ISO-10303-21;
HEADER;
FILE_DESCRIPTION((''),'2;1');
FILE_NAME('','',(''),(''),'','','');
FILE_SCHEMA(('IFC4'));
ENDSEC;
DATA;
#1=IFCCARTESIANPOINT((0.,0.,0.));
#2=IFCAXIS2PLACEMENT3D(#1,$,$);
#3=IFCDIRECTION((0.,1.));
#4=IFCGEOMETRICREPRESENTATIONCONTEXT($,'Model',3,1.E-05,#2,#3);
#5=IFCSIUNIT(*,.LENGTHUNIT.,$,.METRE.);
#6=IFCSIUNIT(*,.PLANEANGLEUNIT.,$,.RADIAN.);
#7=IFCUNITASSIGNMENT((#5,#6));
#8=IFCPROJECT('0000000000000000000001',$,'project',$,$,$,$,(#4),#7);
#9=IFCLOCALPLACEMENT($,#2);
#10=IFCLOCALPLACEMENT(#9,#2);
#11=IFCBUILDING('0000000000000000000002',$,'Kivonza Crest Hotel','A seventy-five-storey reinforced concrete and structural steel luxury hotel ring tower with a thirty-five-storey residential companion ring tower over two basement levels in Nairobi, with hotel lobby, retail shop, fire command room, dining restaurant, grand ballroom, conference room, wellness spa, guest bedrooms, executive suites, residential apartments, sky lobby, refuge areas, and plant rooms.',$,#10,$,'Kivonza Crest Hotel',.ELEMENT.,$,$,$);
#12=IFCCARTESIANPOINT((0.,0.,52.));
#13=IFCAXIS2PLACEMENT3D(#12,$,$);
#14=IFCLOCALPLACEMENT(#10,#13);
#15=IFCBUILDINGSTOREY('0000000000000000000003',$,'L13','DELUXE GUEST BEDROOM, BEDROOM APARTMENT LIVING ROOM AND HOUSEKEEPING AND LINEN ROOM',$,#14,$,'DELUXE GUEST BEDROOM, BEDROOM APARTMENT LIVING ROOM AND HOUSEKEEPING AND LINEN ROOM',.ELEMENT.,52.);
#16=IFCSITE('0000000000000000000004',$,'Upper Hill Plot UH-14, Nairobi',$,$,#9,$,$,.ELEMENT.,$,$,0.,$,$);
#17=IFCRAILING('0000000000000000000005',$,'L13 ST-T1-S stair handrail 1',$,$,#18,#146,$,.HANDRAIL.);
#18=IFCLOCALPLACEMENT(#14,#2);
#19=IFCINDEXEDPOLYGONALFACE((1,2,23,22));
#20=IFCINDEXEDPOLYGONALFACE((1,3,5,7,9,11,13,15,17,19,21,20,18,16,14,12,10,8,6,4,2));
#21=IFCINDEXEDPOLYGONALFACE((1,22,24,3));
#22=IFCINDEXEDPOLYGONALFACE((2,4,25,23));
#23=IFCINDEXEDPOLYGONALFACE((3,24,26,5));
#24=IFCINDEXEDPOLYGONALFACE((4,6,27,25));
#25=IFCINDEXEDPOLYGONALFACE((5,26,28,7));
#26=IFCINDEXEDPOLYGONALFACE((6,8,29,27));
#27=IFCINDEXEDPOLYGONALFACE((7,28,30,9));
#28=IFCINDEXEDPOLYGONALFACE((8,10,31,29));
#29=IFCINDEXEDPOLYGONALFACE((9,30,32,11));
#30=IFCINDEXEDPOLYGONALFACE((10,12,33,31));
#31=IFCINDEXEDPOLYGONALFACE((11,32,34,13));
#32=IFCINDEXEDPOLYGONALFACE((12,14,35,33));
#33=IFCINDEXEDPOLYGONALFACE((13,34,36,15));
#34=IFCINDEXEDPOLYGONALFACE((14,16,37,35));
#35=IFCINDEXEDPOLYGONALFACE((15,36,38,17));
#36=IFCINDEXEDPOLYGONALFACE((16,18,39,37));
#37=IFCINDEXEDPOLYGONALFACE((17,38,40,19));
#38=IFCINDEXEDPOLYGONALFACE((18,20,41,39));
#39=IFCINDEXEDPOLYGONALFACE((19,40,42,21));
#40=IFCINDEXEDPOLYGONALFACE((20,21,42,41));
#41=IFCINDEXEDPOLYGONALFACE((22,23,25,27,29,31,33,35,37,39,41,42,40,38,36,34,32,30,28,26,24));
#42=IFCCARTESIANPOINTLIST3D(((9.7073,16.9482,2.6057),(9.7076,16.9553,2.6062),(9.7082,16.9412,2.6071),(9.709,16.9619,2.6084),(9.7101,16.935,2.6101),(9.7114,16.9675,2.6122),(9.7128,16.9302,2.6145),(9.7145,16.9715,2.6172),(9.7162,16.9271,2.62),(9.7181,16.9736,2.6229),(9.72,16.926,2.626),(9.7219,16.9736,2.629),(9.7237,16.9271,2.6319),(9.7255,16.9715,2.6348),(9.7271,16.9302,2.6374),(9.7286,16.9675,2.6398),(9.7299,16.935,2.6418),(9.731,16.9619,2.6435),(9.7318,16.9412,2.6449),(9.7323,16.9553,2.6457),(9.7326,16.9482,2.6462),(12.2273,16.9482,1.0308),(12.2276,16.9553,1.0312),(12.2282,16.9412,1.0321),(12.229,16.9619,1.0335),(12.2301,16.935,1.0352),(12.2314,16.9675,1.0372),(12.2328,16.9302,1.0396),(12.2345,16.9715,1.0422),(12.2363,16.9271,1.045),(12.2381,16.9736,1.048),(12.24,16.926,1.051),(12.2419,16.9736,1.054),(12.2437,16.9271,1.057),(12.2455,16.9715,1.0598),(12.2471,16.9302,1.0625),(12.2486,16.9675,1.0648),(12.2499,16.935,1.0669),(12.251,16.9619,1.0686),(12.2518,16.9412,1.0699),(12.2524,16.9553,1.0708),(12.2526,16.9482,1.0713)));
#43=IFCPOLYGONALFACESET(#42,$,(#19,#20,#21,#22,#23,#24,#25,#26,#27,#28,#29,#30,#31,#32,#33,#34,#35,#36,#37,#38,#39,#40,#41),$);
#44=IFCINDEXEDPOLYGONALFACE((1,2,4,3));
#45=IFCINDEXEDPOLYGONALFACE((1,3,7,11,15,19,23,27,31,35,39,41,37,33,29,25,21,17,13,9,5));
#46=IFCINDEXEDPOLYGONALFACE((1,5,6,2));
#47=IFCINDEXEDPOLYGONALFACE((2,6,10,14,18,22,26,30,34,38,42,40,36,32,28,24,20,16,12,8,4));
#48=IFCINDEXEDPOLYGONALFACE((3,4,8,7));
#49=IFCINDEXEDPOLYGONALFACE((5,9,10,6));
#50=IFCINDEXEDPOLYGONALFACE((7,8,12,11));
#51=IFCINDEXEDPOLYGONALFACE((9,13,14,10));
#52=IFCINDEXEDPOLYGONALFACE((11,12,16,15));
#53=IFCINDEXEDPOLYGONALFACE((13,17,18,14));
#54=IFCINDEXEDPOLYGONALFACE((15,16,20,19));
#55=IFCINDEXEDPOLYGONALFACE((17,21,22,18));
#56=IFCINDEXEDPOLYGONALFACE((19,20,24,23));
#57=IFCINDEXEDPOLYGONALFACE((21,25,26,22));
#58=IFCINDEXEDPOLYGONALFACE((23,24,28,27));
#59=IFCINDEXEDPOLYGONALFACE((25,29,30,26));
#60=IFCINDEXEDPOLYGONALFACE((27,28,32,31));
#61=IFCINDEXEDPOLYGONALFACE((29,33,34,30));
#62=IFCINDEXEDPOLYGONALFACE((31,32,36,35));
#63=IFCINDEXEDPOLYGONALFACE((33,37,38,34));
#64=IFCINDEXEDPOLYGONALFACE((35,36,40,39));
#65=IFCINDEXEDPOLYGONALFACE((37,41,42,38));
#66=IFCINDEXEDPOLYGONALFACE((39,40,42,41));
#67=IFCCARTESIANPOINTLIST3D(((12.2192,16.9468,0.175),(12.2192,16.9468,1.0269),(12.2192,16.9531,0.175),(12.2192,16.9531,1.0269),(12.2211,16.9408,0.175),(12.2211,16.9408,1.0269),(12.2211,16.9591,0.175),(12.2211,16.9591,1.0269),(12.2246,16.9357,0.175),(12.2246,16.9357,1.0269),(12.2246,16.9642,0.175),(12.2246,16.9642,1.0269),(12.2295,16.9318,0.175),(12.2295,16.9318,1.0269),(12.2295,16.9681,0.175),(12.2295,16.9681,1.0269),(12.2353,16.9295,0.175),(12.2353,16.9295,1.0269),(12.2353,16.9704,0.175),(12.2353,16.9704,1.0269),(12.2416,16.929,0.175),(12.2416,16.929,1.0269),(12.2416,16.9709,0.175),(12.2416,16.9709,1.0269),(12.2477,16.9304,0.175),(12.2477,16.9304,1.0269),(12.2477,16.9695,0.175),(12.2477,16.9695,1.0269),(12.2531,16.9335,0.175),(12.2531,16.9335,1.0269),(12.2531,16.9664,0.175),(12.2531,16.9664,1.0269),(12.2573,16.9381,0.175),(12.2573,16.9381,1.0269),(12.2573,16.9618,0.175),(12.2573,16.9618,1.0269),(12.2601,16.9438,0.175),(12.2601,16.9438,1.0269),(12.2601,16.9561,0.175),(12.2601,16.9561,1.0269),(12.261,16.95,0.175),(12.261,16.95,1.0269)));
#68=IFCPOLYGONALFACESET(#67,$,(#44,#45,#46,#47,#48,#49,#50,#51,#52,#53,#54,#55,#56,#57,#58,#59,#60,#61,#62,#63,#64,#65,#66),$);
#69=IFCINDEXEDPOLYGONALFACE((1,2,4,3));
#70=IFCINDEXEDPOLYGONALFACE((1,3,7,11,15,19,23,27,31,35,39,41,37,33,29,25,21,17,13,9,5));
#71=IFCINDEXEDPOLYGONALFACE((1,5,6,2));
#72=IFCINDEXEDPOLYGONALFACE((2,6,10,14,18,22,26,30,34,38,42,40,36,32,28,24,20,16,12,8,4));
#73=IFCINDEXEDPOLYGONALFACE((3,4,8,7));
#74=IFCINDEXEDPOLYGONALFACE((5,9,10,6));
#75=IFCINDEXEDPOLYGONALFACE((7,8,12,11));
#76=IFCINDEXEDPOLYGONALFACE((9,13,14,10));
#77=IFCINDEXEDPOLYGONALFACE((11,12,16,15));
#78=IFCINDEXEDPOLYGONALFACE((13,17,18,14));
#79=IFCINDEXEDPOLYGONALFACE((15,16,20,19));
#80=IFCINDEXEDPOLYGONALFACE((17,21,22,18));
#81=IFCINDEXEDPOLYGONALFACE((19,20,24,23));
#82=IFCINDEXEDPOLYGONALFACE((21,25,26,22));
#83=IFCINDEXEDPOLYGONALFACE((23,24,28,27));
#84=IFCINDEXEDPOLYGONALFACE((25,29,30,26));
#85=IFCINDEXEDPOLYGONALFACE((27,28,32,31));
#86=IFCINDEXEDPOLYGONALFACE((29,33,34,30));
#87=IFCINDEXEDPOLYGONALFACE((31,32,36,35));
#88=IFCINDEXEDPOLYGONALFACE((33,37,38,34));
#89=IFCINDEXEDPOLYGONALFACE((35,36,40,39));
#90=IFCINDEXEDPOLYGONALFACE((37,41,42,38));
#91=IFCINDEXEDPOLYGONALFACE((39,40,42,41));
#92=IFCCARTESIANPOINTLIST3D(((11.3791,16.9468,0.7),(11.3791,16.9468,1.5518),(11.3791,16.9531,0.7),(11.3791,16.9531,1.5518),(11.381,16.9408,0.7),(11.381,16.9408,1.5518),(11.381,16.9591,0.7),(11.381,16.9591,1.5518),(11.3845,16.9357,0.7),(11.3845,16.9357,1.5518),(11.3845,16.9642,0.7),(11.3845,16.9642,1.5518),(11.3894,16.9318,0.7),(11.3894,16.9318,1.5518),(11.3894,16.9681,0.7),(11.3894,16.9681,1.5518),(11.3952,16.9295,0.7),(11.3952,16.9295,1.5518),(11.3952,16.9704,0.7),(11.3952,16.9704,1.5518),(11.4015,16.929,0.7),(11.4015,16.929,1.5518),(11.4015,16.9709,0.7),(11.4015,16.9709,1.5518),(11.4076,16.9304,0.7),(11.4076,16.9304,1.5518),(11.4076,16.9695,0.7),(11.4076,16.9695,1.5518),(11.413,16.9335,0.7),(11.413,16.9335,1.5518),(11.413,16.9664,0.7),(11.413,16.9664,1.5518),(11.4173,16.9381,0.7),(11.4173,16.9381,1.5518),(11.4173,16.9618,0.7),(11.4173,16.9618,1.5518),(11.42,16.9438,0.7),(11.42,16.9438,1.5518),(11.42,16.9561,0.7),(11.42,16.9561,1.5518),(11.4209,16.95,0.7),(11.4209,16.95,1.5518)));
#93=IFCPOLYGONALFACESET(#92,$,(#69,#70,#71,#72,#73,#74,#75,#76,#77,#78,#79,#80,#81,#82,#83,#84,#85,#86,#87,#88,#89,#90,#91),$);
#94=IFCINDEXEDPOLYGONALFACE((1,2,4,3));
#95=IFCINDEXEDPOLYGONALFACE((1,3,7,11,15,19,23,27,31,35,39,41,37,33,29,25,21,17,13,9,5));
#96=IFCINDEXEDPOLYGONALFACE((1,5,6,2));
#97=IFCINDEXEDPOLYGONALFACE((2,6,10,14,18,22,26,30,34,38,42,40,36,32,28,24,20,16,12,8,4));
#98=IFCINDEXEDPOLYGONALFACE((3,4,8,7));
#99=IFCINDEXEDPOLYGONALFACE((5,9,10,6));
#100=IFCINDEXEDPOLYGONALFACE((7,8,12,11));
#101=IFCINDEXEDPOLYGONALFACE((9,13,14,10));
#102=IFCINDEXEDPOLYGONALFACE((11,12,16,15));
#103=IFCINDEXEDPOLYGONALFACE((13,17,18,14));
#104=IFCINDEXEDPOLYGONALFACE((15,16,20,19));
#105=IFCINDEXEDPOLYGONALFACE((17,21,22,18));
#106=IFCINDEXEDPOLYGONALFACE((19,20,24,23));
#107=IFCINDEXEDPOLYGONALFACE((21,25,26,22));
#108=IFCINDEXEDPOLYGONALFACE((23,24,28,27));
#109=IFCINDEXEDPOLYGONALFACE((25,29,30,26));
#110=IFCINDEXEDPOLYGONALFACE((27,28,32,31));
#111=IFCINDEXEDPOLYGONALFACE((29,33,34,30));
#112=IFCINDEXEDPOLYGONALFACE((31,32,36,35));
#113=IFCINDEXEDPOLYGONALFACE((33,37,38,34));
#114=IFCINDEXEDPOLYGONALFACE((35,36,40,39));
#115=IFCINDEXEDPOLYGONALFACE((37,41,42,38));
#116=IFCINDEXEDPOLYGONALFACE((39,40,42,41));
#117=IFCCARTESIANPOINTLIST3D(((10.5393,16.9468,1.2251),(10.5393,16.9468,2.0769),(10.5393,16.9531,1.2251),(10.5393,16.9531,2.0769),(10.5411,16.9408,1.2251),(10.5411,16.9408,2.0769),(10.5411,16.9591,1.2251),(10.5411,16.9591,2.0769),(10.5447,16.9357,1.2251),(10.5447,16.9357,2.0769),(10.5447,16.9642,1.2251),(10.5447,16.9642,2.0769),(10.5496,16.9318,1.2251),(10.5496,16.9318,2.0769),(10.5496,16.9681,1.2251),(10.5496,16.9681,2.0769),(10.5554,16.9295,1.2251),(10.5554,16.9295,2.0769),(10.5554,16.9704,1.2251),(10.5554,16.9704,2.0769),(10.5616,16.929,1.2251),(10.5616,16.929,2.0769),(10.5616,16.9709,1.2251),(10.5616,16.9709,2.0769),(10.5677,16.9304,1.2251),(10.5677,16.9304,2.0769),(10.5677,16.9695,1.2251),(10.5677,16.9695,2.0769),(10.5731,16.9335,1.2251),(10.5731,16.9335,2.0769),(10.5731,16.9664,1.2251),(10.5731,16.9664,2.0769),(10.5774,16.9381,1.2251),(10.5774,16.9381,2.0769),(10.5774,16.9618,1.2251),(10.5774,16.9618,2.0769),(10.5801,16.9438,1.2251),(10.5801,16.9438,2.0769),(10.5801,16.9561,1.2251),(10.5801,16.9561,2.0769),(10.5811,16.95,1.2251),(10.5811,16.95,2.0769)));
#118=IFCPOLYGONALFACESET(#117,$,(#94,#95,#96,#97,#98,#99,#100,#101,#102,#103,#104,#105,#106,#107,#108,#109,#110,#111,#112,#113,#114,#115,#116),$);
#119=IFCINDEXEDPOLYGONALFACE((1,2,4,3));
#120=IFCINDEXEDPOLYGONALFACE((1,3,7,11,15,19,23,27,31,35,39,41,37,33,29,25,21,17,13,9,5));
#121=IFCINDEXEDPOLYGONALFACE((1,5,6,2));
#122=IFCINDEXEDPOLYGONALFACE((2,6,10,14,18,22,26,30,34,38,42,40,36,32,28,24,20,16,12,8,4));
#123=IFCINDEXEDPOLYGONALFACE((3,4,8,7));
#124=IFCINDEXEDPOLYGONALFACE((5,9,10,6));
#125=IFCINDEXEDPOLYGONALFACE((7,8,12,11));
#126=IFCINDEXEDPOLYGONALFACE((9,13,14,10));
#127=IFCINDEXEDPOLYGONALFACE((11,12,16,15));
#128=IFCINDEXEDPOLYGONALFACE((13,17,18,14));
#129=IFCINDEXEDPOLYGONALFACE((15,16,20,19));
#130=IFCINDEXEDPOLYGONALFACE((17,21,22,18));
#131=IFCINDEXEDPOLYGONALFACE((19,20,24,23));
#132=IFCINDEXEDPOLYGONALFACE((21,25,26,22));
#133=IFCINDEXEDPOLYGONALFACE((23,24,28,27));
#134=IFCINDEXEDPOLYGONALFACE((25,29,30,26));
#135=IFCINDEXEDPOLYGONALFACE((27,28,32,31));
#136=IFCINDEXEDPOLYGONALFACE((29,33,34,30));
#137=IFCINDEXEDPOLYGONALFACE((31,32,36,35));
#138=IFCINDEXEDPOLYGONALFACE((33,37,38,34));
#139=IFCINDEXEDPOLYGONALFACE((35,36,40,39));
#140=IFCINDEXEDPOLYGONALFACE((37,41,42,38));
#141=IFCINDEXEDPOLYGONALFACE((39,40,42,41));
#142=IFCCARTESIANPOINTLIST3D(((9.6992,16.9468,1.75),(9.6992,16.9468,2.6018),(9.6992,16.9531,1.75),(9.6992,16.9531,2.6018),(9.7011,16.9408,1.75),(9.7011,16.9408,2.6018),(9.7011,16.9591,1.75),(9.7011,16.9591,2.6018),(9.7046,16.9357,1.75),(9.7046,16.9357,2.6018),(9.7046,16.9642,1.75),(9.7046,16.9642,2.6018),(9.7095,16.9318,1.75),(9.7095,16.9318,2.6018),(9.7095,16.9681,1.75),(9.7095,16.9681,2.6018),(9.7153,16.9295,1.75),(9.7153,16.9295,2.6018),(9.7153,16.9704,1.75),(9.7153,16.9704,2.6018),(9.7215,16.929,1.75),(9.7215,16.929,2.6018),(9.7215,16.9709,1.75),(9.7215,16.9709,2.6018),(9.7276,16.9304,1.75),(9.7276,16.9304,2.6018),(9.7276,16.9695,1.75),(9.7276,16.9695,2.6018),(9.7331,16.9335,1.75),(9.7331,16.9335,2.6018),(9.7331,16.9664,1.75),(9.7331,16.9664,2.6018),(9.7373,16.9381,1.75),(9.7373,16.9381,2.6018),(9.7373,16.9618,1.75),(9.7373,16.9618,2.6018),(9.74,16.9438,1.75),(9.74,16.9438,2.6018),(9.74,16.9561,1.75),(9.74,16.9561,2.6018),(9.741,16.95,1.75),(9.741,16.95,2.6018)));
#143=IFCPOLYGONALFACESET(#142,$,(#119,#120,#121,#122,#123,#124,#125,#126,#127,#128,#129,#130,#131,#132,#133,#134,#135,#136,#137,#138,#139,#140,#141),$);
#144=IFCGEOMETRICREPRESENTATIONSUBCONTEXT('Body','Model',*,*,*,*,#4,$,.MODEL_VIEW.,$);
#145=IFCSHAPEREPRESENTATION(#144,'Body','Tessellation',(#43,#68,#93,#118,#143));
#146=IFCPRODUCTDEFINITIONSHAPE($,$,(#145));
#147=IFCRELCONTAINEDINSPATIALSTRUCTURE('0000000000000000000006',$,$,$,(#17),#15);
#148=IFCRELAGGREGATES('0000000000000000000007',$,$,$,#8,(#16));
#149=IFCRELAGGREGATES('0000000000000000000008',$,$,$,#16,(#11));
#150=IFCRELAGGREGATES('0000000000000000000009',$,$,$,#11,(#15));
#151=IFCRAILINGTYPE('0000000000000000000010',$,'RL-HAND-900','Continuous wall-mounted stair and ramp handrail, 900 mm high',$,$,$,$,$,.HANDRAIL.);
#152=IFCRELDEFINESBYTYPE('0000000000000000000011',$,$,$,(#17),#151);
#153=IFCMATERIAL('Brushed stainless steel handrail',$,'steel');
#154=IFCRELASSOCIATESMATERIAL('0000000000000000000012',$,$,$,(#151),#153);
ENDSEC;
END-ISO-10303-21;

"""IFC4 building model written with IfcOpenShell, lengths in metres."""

from ifc_helpers import new_model, si_unit, direction, frame, origin, origin_2d, place, context, subcontext, project, spatial, circle, extrude, material, type_object, element, save


model = new_model("IFC4")

# Units and contexts
model_context = context("Model", 3, precision=1e-05, world=origin(), true_north=direction((0.0, 1.0)))
body_context = subcontext(model_context, "Body", "Model", "MODEL_VIEW")
ifc_project = project(units=[si_unit("LENGTHUNIT", "METRE"), si_unit("PLANEANGLEUNIT", "RADIAN")], contexts=[model_context])

# Site, building, storey
site_placement = place(None, origin())
site = spatial("IfcSite", under=ifc_project, at=site_placement, Name="Upper Hill Plot UH-14, Nairobi", CompositionType="ELEMENT", RefElevation=0.0)
building_placement = place(site_placement, origin())
building = spatial("IfcBuilding", under=site, at=building_placement, Name="Kivonza Crest Hotel", Description="A seventy-five-storey reinforced concrete and structural steel luxury hotel ring tower with a thirty-five-storey residential companion ring tower over two basement levels in Nairobi, with hotel lobby, retail shop, fire command room, dining restaurant, grand ballroom, conference room, wellness spa, guest bedrooms, executive suites, residential apartments, sky lobby, refuge areas, and plant rooms.", LongName="Kivonza Crest Hotel", CompositionType="ELEMENT")
storey_placement = place(building_placement, frame((0.0, 0.0, 52.0)))
storey = spatial("IfcBuildingStorey", under=building, at=storey_placement, Name="L13", Description="DELUXE GUEST BEDROOM, BEDROOM APARTMENT LIVING ROOM AND HOUSEKEEPING AND LINEN ROOM", LongName="DELUXE GUEST BEDROOM, BEDROOM APARTMENT LIVING ROOM AND HOUSEKEEPING AND LINEN ROOM", CompositionType="ELEMENT", Elevation=52.0)

# Railing
ifc_material_1 = material(Name="Brushed stainless steel handrail", Category="steel")
railing_type_1 = type_object("IfcRailingType", Name="RL-HAND-900", Description="Continuous wall-mounted stair and ramp handrail, 900 mm high", PredefinedType="HANDRAIL", material=ifc_material_1)
railing_1_placement = place(storey_placement, frame((12.24, 16.95, 0.175)))
element("IfcRailing", 1, at=railing_1_placement, inside=storey, type_object=railing_type_1, Name="L13 ST-T1-S stair handrail 1", PredefinedType="HANDRAIL", context=body_context, shape_type="SweptSolid", body=[
    extrude(circle(Radius=0.0239, at=origin_2d()), frame((0.0, 0.0, 0.876), z_axis=(-0.848008, 0.0, 0.529984), x_axis=(0.0, -1.0, 0.0)), (0.0, 0.0, 1.0), 2.9717),
    extrude(circle(Radius=0.021, at=origin_2d()), origin(), (0.0, 0.0, 1.0), 0.8518),
    extrude(circle(Radius=0.021, at=origin_2d()), frame((-0.8401, 0.0, 0.5249)), (0.0, 0.0, 1.0), 0.8518),
    extrude(circle(Radius=0.021, at=origin_2d()), frame((-1.6799, 0.0, 1.05)), (0.0, 0.0, 1.0), 0.8518),
    extrude(circle(Radius=0.021, at=origin_2d()), frame((-2.52, 0.0, 1.575)), (0.0, 0.0, 1.0), 0.8518),
])

save(model, "model.ifc")
